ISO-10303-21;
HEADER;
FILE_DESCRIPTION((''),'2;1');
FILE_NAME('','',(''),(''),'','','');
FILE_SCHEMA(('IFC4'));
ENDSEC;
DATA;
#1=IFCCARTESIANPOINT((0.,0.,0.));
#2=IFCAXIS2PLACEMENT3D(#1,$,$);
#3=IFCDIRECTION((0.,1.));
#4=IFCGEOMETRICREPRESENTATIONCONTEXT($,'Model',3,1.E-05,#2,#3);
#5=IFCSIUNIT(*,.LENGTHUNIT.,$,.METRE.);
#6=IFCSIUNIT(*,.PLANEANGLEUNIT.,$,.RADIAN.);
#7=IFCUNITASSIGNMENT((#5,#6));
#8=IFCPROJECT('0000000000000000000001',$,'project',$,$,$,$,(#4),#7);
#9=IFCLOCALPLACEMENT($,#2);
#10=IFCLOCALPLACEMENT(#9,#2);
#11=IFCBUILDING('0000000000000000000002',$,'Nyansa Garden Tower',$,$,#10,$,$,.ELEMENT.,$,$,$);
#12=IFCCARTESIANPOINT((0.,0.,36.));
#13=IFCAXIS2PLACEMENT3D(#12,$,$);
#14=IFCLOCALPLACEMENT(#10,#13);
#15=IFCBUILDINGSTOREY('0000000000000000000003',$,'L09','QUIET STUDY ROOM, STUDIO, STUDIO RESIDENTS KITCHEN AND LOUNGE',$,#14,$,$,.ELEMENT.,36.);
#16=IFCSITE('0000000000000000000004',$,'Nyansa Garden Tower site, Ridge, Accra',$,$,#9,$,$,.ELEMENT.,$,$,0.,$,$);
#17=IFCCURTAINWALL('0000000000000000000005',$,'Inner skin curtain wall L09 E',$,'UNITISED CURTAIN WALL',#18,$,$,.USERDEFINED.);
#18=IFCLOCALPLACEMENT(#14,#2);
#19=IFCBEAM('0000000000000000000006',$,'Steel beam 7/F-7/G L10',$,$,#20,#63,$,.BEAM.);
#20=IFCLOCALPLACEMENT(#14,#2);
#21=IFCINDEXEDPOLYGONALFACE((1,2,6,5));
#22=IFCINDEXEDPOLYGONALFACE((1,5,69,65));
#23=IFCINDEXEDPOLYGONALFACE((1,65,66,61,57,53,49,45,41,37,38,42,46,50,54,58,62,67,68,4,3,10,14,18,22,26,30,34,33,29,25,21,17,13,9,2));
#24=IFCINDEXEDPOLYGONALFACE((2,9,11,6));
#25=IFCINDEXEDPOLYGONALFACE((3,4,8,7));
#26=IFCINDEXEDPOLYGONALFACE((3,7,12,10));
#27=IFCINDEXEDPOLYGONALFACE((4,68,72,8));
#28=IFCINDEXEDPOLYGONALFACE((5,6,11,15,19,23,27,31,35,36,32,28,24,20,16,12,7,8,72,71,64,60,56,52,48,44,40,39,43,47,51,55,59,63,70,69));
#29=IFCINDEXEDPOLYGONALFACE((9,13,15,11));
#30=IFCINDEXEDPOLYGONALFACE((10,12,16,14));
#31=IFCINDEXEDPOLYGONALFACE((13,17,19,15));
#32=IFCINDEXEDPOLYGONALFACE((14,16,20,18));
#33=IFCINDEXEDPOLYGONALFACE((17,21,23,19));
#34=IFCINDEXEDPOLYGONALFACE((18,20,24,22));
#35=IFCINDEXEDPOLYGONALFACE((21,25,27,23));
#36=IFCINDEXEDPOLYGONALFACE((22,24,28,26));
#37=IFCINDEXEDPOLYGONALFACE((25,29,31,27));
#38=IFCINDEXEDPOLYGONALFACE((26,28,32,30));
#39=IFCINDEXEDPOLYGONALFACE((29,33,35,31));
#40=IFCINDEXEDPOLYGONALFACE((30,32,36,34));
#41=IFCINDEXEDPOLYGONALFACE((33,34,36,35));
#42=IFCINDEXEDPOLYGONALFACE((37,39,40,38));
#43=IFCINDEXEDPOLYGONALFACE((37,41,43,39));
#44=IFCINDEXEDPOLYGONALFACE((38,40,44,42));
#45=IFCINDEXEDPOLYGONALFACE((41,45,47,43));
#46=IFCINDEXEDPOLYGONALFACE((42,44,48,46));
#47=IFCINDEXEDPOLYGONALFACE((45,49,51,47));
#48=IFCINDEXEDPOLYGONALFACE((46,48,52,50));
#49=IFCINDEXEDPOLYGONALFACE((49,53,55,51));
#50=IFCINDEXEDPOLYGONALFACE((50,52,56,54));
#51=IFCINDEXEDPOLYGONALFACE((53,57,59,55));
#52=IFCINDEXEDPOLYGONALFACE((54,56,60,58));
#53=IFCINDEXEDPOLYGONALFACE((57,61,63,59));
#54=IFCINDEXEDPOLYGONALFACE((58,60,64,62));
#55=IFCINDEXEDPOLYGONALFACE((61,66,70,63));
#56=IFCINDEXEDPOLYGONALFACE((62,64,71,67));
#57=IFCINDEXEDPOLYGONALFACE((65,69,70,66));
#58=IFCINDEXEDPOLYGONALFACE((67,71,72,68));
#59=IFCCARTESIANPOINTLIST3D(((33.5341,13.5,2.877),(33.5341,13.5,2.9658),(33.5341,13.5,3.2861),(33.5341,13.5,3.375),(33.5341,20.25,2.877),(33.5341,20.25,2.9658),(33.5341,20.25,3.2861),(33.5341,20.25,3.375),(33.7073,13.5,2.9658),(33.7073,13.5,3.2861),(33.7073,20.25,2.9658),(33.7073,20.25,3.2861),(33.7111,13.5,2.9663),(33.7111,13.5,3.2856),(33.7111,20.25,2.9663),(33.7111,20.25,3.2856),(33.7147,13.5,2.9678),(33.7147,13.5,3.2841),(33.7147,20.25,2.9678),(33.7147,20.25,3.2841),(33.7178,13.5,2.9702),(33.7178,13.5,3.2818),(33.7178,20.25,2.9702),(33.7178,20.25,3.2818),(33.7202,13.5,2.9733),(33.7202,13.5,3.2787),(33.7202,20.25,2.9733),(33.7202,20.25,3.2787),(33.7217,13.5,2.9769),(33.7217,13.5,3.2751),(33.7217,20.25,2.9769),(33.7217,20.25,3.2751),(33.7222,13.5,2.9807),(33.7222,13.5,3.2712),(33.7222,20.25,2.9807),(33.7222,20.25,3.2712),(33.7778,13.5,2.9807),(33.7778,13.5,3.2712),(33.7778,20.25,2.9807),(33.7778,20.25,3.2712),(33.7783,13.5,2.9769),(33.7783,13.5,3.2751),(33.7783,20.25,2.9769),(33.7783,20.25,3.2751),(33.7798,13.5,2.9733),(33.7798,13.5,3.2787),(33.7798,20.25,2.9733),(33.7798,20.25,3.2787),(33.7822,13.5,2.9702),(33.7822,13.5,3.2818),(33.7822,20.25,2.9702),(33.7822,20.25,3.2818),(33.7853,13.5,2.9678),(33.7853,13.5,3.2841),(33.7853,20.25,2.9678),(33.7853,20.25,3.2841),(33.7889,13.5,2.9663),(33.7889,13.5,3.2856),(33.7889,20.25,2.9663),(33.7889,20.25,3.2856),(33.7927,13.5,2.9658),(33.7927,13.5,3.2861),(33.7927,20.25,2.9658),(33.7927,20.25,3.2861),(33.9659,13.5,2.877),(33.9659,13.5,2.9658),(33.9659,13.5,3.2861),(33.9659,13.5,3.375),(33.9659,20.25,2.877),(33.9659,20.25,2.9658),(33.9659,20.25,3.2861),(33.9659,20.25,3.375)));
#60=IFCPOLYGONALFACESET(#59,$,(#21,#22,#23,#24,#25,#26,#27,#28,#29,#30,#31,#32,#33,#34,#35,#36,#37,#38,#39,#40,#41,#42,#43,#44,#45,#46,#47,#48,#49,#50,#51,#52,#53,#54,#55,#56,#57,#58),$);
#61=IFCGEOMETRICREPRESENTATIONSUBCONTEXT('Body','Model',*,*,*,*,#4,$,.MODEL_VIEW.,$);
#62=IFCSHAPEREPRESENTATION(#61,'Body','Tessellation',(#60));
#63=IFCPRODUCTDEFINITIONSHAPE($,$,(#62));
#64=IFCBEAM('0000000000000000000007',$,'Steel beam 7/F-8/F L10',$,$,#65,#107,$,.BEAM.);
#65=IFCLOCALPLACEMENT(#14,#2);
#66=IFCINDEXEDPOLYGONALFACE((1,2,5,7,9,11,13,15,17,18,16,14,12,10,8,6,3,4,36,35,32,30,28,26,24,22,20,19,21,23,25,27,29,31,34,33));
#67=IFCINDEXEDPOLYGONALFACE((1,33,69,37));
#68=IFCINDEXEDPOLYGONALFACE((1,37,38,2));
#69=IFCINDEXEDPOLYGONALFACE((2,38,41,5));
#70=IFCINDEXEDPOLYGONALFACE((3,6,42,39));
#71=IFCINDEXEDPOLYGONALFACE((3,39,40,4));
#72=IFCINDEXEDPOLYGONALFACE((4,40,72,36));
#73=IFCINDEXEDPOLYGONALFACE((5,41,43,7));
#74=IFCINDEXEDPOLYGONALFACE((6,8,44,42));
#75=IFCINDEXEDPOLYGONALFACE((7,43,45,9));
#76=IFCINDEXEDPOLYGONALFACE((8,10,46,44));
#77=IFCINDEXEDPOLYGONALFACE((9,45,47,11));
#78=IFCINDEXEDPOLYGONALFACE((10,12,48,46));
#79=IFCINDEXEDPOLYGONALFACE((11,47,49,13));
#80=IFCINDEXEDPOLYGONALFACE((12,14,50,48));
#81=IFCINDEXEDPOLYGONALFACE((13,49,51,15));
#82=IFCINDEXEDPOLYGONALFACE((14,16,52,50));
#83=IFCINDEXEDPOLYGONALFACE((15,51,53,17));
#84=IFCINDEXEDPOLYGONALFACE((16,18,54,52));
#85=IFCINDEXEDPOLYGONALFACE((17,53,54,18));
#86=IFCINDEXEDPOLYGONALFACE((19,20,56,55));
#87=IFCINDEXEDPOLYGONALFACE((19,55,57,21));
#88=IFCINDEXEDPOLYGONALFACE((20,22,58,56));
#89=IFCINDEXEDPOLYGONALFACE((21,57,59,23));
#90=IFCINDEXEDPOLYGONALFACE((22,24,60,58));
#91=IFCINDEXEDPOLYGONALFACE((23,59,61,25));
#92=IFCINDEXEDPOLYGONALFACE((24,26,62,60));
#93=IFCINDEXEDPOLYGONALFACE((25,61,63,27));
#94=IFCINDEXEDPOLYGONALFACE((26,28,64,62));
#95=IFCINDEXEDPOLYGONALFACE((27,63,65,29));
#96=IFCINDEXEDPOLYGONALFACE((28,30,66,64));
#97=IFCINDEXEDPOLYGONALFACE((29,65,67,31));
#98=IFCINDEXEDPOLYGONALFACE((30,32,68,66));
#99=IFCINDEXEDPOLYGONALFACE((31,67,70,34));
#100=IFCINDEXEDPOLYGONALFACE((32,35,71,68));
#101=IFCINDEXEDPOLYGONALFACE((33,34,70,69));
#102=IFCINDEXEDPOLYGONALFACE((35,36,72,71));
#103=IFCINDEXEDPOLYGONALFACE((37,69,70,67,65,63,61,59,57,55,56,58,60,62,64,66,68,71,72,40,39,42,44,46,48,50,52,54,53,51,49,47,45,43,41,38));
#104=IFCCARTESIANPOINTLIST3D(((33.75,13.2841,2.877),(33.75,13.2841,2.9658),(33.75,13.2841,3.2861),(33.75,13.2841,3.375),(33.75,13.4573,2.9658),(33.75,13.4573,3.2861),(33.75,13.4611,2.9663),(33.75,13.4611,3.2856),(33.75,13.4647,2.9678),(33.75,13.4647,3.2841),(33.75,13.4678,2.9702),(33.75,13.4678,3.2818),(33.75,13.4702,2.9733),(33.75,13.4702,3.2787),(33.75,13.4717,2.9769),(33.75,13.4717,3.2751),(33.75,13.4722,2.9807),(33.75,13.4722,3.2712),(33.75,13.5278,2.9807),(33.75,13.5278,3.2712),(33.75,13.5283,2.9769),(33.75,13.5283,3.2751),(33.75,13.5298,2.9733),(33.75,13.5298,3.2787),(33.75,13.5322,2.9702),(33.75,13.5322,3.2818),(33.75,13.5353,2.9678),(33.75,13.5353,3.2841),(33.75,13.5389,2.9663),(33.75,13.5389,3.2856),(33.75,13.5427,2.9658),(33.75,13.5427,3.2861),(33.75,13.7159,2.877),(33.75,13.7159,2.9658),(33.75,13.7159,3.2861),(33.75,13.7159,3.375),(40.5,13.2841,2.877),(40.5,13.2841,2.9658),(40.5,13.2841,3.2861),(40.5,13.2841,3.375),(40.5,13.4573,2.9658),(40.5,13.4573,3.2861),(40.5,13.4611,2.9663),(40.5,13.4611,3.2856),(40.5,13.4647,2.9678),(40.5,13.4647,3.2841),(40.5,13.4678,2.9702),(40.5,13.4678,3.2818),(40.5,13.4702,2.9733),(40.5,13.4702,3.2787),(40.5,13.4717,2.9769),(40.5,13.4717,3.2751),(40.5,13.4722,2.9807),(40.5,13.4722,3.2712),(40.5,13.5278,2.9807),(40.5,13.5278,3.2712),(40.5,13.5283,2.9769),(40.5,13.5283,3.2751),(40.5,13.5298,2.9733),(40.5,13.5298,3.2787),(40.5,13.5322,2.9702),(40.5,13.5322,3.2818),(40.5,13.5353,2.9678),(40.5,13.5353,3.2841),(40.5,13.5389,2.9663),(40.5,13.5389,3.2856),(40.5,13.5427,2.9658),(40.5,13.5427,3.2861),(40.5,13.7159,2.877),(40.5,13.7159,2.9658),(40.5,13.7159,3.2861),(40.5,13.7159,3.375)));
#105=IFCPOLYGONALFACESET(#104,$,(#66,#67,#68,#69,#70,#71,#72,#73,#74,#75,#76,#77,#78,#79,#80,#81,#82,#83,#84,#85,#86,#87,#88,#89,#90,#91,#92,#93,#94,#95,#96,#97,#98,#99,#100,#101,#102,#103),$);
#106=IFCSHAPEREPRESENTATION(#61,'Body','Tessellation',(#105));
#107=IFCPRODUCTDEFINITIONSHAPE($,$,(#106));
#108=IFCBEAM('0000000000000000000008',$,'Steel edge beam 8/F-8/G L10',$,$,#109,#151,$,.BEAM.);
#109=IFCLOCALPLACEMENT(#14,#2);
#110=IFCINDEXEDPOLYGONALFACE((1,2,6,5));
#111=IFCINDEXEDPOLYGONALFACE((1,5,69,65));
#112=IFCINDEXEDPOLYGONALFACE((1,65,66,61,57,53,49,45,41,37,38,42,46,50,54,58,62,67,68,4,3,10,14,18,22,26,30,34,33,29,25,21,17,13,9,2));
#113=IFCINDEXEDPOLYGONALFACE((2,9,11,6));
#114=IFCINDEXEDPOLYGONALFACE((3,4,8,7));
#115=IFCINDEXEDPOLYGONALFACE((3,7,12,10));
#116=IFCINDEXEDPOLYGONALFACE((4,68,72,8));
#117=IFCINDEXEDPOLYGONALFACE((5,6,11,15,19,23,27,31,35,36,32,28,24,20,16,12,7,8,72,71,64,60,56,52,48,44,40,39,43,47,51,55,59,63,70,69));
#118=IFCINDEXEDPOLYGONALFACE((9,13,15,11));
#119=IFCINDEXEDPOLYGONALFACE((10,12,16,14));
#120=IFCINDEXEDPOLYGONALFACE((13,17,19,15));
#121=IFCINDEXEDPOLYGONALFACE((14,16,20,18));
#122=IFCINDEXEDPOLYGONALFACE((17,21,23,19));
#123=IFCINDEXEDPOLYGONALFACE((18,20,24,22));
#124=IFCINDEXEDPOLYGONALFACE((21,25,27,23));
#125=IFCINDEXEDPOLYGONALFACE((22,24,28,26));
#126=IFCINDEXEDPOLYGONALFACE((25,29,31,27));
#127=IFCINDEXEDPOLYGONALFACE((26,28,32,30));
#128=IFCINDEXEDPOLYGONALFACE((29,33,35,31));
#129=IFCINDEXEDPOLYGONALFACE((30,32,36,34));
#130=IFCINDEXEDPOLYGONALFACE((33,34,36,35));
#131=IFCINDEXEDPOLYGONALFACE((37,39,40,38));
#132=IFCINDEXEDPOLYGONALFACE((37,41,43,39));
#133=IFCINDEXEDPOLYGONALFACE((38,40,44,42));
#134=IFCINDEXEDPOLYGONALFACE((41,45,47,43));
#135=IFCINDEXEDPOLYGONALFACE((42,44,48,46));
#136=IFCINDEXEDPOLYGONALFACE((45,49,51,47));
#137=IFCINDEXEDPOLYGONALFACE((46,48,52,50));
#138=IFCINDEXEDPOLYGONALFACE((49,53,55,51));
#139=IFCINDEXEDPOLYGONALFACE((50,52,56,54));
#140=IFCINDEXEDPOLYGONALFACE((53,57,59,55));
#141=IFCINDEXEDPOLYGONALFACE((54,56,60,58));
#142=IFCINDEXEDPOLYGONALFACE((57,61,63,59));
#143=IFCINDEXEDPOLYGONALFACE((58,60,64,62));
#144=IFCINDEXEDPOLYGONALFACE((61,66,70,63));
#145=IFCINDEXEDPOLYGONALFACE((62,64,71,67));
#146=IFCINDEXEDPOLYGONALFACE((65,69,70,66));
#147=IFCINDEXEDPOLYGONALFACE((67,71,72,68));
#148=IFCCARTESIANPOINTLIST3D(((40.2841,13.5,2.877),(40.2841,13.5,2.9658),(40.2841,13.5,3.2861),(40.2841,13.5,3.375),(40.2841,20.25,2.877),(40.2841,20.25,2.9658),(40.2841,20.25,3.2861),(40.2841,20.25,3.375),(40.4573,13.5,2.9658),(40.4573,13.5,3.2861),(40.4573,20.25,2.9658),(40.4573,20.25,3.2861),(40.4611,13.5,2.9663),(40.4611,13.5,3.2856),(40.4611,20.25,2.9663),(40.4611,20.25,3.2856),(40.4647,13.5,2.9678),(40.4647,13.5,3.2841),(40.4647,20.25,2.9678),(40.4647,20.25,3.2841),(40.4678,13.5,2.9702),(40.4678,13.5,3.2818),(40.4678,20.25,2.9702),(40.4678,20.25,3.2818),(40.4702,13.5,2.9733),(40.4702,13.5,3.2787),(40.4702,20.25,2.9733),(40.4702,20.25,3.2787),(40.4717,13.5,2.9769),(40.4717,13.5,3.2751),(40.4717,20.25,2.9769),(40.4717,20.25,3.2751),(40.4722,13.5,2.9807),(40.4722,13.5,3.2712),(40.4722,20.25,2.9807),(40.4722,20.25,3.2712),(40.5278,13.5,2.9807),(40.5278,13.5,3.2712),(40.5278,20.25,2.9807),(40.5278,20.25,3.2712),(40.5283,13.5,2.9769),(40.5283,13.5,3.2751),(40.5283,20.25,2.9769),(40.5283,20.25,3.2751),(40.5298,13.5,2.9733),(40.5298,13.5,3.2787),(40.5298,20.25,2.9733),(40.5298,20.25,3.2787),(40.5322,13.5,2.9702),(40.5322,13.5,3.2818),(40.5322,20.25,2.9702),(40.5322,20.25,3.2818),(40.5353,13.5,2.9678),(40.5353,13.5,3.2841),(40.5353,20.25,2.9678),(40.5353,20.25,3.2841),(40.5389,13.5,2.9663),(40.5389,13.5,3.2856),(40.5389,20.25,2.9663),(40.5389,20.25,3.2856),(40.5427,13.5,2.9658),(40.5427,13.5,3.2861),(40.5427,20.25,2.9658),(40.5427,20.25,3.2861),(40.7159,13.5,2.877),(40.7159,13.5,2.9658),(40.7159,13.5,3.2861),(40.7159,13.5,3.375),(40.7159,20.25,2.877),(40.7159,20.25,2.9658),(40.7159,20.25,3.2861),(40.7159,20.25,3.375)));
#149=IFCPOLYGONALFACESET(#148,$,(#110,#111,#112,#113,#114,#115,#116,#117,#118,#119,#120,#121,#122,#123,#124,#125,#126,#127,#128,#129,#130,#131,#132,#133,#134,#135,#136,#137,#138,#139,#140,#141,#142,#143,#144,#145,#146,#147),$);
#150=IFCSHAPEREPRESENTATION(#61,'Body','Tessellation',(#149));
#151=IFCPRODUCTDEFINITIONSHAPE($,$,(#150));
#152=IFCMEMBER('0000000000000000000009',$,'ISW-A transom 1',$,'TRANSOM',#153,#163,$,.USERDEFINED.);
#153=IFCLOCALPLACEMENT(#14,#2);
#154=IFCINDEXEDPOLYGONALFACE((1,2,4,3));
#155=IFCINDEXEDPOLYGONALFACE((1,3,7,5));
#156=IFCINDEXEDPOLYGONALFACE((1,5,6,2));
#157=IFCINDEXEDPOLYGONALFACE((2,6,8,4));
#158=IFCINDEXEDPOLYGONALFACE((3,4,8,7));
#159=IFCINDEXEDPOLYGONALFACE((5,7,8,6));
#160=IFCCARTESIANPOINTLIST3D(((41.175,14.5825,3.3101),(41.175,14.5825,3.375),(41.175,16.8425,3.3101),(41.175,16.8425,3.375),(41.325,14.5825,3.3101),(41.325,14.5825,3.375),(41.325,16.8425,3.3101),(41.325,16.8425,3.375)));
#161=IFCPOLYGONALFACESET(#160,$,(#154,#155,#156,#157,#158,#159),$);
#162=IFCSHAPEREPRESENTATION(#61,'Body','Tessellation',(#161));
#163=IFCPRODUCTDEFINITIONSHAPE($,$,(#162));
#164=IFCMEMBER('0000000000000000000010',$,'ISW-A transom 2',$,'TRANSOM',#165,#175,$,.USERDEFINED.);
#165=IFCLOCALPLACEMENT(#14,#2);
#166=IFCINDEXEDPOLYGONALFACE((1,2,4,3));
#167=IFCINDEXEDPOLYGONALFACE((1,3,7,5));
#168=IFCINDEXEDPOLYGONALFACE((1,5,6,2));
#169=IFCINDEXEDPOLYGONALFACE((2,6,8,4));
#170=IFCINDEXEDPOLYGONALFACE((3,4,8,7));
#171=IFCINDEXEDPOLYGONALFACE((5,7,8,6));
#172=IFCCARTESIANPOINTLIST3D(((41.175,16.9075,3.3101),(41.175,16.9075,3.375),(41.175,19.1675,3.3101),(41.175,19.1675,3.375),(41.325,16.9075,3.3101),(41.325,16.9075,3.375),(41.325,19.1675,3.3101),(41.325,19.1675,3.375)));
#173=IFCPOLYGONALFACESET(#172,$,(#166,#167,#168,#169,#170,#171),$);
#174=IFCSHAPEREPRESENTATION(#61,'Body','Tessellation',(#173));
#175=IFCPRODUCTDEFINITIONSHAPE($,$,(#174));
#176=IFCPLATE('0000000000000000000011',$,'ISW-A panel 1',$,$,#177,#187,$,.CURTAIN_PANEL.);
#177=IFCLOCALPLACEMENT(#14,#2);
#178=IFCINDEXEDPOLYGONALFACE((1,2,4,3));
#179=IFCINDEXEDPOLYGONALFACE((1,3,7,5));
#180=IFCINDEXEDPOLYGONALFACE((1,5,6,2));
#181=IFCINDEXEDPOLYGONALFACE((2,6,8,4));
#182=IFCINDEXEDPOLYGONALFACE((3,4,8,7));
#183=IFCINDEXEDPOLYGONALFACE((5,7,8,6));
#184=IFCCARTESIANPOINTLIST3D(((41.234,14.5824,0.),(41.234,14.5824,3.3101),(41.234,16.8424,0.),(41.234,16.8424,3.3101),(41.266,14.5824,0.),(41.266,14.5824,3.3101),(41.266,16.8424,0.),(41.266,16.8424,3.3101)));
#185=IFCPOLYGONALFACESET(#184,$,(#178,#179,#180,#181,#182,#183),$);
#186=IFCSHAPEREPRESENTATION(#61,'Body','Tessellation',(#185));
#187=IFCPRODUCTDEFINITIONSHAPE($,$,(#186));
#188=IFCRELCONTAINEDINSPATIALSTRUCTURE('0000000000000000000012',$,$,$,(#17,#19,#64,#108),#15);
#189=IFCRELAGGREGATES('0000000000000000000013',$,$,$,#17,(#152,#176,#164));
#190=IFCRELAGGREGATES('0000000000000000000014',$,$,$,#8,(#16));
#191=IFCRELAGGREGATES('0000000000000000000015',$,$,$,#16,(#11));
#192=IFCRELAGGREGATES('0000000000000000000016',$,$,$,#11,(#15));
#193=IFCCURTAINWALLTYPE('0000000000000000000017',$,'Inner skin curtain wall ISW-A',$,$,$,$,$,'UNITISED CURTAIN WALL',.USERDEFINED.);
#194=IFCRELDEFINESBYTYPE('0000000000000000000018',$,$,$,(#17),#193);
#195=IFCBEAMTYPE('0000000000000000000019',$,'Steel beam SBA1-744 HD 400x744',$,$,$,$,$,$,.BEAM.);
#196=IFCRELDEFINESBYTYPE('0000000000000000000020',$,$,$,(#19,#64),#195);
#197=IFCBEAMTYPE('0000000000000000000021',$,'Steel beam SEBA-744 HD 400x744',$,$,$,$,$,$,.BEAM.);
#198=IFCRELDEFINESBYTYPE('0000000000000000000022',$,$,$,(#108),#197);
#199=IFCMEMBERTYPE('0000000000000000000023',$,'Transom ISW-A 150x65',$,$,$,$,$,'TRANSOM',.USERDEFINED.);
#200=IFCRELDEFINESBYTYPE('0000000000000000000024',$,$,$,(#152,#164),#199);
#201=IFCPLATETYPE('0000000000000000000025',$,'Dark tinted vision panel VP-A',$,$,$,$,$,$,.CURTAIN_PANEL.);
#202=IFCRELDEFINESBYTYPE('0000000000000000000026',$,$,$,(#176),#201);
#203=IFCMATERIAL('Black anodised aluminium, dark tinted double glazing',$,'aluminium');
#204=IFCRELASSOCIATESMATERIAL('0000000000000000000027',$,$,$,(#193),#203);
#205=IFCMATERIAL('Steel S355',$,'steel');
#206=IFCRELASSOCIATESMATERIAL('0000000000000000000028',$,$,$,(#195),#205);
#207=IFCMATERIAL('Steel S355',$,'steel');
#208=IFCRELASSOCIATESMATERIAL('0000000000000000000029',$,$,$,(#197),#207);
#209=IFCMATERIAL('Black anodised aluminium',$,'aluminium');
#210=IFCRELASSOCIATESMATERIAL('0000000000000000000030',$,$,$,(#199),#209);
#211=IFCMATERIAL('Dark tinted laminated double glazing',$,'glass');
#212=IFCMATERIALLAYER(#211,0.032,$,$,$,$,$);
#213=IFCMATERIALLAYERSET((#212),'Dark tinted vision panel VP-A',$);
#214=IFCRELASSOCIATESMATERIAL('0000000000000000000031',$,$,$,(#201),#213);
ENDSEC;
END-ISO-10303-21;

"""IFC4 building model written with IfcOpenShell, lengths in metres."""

from ifc_helpers import new_model, si_unit, direction, frame, origin, origin_2d, place, context, subcontext, project, spatial, rectangle, i_section, extrude, material, layer, layer_set, material_profile, profile_set, type_object, element, aggregate, save


model = new_model("IFC4")

# Units and contexts
model_context = context("Model", 3, precision=1e-05, world=origin(), true_north=direction((0.0, 1.0)))
body_context = subcontext(model_context, "Body", "Model", "MODEL_VIEW")
ifc_project = project(units=[si_unit("LENGTHUNIT", "METRE"), si_unit("PLANEANGLEUNIT", "RADIAN")], contexts=[model_context])

# Site, building, storey
site_placement = place(None, origin())
site = spatial("IfcSite", under=ifc_project, at=site_placement, Name="Nyansa Garden Tower site, Ridge, Accra", CompositionType="ELEMENT", RefElevation=0.0)
building_placement = place(site_placement, origin())
building = spatial("IfcBuilding", under=site, at=building_placement, Name="Nyansa Garden Tower", CompositionType="ELEMENT")
storey_placement = place(building_placement, frame((0.0, 0.0, 36.0)))
storey = spatial("IfcBuildingStorey", under=building, at=storey_placement, Name="L09", Description="QUIET STUDY ROOM, STUDIO, STUDIO RESIDENTS KITCHEN AND LOUNGE", CompositionType="ELEMENT", Elevation=36.0)

# Shared definitions
ifc_material_1 = material(Name="Black anodised aluminium, dark tinted double glazing", Category="aluminium")
curtain_wall_type = type_object("IfcCurtainWallType", Name="Inner skin curtain wall ISW-A", ElementType="UNITISED CURTAIN WALL", PredefinedType="USERDEFINED", material=ifc_material_1)

# Curtain wall
curtain_wall_1_placement = place(storey_placement, origin())
curtain_wall_1 = element("IfcCurtainWall", 1, at=curtain_wall_1_placement, inside=storey, type_object=curtain_wall_type, Name="Inner skin curtain wall L09 E", ObjectType="UNITISED CURTAIN WALL", PredefinedType="USERDEFINED")

# Beams
ifc_material_2 = material(Name="Steel S355", Category="steel")
ifc_material_profile_1 = material_profile(ifc_material_2, i_section(OverallWidth=0.4319, OverallDepth=0.498, WebThickness=0.0557, FlangeThickness=0.0889, FilletRadius=0.0149, at=origin_2d()), Name="HD 400x744")
ifc_profile_set_1 = profile_set([ifc_material_profile_1], Name="Steel S355")
beam_type_1 = type_object("IfcBeamType", Name="Steel beam SBA1-744 HD 400x744", PredefinedType="BEAM", material=ifc_profile_set_1)
for number, where, z_axis, x_axis, name in (
    (2, (33.75, 13.5, 3.126), (0.0, 1.0, 0.0), (-1.0, 0.0, 0.0), "Steel beam 7/F-7/G L10"),
    (3, (33.75, 13.5, 3.126), (1.0, 0.0, 0.0), (0.0, 1.0, 0.0), "Steel beam 7/F-8/F L10"),
):
    element("IfcBeam", number, at=place(storey_placement, frame(where, z_axis=z_axis, x_axis=x_axis)), inside=storey, type_object=beam_type_1, Name=name, PredefinedType="BEAM", context=body_context, shape_type="SweptSolid", body=[
        extrude(i_section(OverallWidth=0.4319, OverallDepth=0.498, WebThickness=0.0557, FlangeThickness=0.0889, FilletRadius=0.0149, at=origin_2d()), origin(), (0.0, 0.0, 1.0), 6.75),
    ])
ifc_material_3 = material(Name="Steel S355", Category="steel")
ifc_material_profile_2 = material_profile(ifc_material_3, i_section(OverallWidth=0.4319, OverallDepth=0.498, WebThickness=0.0557, FlangeThickness=0.0889, FilletRadius=0.0149, at=origin_2d()), Name="HD 400x744")
ifc_profile_set_2 = profile_set([ifc_material_profile_2], Name="Steel S355")
beam_type_2 = type_object("IfcBeamType", Name="Steel beam SEBA-744 HD 400x744", PredefinedType="BEAM", material=ifc_profile_set_2)
beam_1_placement = place(storey_placement, frame((40.5, 13.5, 3.126), z_axis=(0.0, 1.0, 0.0), x_axis=(-1.0, 0.0, 0.0)))
element("IfcBeam", 4, at=beam_1_placement, inside=storey, type_object=beam_type_2, Name="Steel edge beam 8/F-8/G L10", PredefinedType="BEAM", context=body_context, shape_type="SweptSolid", body=[
    extrude(i_section(OverallWidth=0.4319, OverallDepth=0.498, WebThickness=0.0557, FlangeThickness=0.0889, FilletRadius=0.0149, at=origin_2d()), origin(), (0.0, 0.0, 1.0), 6.75),
])

# Members
ifc_material_4 = material(Name="Black anodised aluminium", Category="aluminium")
ifc_material_profile_3 = material_profile(ifc_material_4, rectangle(XDim=0.1499, YDim=0.0649, at=origin_2d()), Name="Transom 150x65")
ifc_profile_set_3 = profile_set([ifc_material_profile_3], Name="Black anodised aluminium")
member_type_1 = type_object("IfcMemberType", Name="Transom ISW-A 150x65", ElementType="TRANSOM", PredefinedType="USERDEFINED", material=ifc_profile_set_3)
member_1_placement = place(storey_placement, frame((41.25, 14.5825, 3.3425), z_axis=(0.0, 1.0, 0.0), x_axis=(-1.0, 0.0, 0.0)))
member_1 = element("IfcMember", 5, at=member_1_placement, type_object=member_type_1, Name="ISW-A transom 1", ObjectType="TRANSOM", PredefinedType="USERDEFINED", context=body_context, shape_type="SweptSolid", body=[
    extrude(rectangle(XDim=0.1499, YDim=0.0649, at=origin_2d()), origin(), (0.0, 0.0, 1.0), 2.26),
])
member_2_placement = place(storey_placement, frame((41.25, 16.9075, 3.3425), z_axis=(0.0, 1.0, 0.0), x_axis=(-1.0, 0.0, 0.0)))
member_2 = element("IfcMember", 6, at=member_2_placement, type_object=member_type_1, Name="ISW-A transom 2", ObjectType="TRANSOM", PredefinedType="USERDEFINED", context=body_context, shape_type="SweptSolid", body=[
    extrude(rectangle(XDim=0.1499, YDim=0.0649, at=origin_2d()), origin(), (0.0, 0.0, 1.0), 2.26),
])

# Plate
ifc_material_5 = material(Name="Dark tinted laminated double glazing", Category="glass")
ifc_layer_1 = layer(ifc_material_5, 0.032)
ifc_layer_set_1 = layer_set([ifc_layer_1], Name="Dark tinted vision panel VP-A")
plate_type_1 = type_object("IfcPlateType", Name="Dark tinted vision panel VP-A", PredefinedType="CURTAIN_PANEL", material=ifc_layer_set_1)
plate_1_placement = place(storey_placement, frame((41.25, 15.7124, 0.0), z_axis=(0.0, 0.0, 1.0), x_axis=(0.0, 1.0, 0.0)))
plate_1 = element("IfcPlate", 7, at=plate_1_placement, type_object=plate_type_1, Name="ISW-A panel 1", PredefinedType="CURTAIN_PANEL", context=body_context, shape_type="SweptSolid", body=[
    extrude(rectangle(XDim=2.26, YDim=0.032, at=origin_2d()), origin(), (0.0, 0.0, 1.0), 3.3101),
])
aggregate(curtain_wall_1, [member_1, plate_1, member_2])

save(model, "model.ifc")
